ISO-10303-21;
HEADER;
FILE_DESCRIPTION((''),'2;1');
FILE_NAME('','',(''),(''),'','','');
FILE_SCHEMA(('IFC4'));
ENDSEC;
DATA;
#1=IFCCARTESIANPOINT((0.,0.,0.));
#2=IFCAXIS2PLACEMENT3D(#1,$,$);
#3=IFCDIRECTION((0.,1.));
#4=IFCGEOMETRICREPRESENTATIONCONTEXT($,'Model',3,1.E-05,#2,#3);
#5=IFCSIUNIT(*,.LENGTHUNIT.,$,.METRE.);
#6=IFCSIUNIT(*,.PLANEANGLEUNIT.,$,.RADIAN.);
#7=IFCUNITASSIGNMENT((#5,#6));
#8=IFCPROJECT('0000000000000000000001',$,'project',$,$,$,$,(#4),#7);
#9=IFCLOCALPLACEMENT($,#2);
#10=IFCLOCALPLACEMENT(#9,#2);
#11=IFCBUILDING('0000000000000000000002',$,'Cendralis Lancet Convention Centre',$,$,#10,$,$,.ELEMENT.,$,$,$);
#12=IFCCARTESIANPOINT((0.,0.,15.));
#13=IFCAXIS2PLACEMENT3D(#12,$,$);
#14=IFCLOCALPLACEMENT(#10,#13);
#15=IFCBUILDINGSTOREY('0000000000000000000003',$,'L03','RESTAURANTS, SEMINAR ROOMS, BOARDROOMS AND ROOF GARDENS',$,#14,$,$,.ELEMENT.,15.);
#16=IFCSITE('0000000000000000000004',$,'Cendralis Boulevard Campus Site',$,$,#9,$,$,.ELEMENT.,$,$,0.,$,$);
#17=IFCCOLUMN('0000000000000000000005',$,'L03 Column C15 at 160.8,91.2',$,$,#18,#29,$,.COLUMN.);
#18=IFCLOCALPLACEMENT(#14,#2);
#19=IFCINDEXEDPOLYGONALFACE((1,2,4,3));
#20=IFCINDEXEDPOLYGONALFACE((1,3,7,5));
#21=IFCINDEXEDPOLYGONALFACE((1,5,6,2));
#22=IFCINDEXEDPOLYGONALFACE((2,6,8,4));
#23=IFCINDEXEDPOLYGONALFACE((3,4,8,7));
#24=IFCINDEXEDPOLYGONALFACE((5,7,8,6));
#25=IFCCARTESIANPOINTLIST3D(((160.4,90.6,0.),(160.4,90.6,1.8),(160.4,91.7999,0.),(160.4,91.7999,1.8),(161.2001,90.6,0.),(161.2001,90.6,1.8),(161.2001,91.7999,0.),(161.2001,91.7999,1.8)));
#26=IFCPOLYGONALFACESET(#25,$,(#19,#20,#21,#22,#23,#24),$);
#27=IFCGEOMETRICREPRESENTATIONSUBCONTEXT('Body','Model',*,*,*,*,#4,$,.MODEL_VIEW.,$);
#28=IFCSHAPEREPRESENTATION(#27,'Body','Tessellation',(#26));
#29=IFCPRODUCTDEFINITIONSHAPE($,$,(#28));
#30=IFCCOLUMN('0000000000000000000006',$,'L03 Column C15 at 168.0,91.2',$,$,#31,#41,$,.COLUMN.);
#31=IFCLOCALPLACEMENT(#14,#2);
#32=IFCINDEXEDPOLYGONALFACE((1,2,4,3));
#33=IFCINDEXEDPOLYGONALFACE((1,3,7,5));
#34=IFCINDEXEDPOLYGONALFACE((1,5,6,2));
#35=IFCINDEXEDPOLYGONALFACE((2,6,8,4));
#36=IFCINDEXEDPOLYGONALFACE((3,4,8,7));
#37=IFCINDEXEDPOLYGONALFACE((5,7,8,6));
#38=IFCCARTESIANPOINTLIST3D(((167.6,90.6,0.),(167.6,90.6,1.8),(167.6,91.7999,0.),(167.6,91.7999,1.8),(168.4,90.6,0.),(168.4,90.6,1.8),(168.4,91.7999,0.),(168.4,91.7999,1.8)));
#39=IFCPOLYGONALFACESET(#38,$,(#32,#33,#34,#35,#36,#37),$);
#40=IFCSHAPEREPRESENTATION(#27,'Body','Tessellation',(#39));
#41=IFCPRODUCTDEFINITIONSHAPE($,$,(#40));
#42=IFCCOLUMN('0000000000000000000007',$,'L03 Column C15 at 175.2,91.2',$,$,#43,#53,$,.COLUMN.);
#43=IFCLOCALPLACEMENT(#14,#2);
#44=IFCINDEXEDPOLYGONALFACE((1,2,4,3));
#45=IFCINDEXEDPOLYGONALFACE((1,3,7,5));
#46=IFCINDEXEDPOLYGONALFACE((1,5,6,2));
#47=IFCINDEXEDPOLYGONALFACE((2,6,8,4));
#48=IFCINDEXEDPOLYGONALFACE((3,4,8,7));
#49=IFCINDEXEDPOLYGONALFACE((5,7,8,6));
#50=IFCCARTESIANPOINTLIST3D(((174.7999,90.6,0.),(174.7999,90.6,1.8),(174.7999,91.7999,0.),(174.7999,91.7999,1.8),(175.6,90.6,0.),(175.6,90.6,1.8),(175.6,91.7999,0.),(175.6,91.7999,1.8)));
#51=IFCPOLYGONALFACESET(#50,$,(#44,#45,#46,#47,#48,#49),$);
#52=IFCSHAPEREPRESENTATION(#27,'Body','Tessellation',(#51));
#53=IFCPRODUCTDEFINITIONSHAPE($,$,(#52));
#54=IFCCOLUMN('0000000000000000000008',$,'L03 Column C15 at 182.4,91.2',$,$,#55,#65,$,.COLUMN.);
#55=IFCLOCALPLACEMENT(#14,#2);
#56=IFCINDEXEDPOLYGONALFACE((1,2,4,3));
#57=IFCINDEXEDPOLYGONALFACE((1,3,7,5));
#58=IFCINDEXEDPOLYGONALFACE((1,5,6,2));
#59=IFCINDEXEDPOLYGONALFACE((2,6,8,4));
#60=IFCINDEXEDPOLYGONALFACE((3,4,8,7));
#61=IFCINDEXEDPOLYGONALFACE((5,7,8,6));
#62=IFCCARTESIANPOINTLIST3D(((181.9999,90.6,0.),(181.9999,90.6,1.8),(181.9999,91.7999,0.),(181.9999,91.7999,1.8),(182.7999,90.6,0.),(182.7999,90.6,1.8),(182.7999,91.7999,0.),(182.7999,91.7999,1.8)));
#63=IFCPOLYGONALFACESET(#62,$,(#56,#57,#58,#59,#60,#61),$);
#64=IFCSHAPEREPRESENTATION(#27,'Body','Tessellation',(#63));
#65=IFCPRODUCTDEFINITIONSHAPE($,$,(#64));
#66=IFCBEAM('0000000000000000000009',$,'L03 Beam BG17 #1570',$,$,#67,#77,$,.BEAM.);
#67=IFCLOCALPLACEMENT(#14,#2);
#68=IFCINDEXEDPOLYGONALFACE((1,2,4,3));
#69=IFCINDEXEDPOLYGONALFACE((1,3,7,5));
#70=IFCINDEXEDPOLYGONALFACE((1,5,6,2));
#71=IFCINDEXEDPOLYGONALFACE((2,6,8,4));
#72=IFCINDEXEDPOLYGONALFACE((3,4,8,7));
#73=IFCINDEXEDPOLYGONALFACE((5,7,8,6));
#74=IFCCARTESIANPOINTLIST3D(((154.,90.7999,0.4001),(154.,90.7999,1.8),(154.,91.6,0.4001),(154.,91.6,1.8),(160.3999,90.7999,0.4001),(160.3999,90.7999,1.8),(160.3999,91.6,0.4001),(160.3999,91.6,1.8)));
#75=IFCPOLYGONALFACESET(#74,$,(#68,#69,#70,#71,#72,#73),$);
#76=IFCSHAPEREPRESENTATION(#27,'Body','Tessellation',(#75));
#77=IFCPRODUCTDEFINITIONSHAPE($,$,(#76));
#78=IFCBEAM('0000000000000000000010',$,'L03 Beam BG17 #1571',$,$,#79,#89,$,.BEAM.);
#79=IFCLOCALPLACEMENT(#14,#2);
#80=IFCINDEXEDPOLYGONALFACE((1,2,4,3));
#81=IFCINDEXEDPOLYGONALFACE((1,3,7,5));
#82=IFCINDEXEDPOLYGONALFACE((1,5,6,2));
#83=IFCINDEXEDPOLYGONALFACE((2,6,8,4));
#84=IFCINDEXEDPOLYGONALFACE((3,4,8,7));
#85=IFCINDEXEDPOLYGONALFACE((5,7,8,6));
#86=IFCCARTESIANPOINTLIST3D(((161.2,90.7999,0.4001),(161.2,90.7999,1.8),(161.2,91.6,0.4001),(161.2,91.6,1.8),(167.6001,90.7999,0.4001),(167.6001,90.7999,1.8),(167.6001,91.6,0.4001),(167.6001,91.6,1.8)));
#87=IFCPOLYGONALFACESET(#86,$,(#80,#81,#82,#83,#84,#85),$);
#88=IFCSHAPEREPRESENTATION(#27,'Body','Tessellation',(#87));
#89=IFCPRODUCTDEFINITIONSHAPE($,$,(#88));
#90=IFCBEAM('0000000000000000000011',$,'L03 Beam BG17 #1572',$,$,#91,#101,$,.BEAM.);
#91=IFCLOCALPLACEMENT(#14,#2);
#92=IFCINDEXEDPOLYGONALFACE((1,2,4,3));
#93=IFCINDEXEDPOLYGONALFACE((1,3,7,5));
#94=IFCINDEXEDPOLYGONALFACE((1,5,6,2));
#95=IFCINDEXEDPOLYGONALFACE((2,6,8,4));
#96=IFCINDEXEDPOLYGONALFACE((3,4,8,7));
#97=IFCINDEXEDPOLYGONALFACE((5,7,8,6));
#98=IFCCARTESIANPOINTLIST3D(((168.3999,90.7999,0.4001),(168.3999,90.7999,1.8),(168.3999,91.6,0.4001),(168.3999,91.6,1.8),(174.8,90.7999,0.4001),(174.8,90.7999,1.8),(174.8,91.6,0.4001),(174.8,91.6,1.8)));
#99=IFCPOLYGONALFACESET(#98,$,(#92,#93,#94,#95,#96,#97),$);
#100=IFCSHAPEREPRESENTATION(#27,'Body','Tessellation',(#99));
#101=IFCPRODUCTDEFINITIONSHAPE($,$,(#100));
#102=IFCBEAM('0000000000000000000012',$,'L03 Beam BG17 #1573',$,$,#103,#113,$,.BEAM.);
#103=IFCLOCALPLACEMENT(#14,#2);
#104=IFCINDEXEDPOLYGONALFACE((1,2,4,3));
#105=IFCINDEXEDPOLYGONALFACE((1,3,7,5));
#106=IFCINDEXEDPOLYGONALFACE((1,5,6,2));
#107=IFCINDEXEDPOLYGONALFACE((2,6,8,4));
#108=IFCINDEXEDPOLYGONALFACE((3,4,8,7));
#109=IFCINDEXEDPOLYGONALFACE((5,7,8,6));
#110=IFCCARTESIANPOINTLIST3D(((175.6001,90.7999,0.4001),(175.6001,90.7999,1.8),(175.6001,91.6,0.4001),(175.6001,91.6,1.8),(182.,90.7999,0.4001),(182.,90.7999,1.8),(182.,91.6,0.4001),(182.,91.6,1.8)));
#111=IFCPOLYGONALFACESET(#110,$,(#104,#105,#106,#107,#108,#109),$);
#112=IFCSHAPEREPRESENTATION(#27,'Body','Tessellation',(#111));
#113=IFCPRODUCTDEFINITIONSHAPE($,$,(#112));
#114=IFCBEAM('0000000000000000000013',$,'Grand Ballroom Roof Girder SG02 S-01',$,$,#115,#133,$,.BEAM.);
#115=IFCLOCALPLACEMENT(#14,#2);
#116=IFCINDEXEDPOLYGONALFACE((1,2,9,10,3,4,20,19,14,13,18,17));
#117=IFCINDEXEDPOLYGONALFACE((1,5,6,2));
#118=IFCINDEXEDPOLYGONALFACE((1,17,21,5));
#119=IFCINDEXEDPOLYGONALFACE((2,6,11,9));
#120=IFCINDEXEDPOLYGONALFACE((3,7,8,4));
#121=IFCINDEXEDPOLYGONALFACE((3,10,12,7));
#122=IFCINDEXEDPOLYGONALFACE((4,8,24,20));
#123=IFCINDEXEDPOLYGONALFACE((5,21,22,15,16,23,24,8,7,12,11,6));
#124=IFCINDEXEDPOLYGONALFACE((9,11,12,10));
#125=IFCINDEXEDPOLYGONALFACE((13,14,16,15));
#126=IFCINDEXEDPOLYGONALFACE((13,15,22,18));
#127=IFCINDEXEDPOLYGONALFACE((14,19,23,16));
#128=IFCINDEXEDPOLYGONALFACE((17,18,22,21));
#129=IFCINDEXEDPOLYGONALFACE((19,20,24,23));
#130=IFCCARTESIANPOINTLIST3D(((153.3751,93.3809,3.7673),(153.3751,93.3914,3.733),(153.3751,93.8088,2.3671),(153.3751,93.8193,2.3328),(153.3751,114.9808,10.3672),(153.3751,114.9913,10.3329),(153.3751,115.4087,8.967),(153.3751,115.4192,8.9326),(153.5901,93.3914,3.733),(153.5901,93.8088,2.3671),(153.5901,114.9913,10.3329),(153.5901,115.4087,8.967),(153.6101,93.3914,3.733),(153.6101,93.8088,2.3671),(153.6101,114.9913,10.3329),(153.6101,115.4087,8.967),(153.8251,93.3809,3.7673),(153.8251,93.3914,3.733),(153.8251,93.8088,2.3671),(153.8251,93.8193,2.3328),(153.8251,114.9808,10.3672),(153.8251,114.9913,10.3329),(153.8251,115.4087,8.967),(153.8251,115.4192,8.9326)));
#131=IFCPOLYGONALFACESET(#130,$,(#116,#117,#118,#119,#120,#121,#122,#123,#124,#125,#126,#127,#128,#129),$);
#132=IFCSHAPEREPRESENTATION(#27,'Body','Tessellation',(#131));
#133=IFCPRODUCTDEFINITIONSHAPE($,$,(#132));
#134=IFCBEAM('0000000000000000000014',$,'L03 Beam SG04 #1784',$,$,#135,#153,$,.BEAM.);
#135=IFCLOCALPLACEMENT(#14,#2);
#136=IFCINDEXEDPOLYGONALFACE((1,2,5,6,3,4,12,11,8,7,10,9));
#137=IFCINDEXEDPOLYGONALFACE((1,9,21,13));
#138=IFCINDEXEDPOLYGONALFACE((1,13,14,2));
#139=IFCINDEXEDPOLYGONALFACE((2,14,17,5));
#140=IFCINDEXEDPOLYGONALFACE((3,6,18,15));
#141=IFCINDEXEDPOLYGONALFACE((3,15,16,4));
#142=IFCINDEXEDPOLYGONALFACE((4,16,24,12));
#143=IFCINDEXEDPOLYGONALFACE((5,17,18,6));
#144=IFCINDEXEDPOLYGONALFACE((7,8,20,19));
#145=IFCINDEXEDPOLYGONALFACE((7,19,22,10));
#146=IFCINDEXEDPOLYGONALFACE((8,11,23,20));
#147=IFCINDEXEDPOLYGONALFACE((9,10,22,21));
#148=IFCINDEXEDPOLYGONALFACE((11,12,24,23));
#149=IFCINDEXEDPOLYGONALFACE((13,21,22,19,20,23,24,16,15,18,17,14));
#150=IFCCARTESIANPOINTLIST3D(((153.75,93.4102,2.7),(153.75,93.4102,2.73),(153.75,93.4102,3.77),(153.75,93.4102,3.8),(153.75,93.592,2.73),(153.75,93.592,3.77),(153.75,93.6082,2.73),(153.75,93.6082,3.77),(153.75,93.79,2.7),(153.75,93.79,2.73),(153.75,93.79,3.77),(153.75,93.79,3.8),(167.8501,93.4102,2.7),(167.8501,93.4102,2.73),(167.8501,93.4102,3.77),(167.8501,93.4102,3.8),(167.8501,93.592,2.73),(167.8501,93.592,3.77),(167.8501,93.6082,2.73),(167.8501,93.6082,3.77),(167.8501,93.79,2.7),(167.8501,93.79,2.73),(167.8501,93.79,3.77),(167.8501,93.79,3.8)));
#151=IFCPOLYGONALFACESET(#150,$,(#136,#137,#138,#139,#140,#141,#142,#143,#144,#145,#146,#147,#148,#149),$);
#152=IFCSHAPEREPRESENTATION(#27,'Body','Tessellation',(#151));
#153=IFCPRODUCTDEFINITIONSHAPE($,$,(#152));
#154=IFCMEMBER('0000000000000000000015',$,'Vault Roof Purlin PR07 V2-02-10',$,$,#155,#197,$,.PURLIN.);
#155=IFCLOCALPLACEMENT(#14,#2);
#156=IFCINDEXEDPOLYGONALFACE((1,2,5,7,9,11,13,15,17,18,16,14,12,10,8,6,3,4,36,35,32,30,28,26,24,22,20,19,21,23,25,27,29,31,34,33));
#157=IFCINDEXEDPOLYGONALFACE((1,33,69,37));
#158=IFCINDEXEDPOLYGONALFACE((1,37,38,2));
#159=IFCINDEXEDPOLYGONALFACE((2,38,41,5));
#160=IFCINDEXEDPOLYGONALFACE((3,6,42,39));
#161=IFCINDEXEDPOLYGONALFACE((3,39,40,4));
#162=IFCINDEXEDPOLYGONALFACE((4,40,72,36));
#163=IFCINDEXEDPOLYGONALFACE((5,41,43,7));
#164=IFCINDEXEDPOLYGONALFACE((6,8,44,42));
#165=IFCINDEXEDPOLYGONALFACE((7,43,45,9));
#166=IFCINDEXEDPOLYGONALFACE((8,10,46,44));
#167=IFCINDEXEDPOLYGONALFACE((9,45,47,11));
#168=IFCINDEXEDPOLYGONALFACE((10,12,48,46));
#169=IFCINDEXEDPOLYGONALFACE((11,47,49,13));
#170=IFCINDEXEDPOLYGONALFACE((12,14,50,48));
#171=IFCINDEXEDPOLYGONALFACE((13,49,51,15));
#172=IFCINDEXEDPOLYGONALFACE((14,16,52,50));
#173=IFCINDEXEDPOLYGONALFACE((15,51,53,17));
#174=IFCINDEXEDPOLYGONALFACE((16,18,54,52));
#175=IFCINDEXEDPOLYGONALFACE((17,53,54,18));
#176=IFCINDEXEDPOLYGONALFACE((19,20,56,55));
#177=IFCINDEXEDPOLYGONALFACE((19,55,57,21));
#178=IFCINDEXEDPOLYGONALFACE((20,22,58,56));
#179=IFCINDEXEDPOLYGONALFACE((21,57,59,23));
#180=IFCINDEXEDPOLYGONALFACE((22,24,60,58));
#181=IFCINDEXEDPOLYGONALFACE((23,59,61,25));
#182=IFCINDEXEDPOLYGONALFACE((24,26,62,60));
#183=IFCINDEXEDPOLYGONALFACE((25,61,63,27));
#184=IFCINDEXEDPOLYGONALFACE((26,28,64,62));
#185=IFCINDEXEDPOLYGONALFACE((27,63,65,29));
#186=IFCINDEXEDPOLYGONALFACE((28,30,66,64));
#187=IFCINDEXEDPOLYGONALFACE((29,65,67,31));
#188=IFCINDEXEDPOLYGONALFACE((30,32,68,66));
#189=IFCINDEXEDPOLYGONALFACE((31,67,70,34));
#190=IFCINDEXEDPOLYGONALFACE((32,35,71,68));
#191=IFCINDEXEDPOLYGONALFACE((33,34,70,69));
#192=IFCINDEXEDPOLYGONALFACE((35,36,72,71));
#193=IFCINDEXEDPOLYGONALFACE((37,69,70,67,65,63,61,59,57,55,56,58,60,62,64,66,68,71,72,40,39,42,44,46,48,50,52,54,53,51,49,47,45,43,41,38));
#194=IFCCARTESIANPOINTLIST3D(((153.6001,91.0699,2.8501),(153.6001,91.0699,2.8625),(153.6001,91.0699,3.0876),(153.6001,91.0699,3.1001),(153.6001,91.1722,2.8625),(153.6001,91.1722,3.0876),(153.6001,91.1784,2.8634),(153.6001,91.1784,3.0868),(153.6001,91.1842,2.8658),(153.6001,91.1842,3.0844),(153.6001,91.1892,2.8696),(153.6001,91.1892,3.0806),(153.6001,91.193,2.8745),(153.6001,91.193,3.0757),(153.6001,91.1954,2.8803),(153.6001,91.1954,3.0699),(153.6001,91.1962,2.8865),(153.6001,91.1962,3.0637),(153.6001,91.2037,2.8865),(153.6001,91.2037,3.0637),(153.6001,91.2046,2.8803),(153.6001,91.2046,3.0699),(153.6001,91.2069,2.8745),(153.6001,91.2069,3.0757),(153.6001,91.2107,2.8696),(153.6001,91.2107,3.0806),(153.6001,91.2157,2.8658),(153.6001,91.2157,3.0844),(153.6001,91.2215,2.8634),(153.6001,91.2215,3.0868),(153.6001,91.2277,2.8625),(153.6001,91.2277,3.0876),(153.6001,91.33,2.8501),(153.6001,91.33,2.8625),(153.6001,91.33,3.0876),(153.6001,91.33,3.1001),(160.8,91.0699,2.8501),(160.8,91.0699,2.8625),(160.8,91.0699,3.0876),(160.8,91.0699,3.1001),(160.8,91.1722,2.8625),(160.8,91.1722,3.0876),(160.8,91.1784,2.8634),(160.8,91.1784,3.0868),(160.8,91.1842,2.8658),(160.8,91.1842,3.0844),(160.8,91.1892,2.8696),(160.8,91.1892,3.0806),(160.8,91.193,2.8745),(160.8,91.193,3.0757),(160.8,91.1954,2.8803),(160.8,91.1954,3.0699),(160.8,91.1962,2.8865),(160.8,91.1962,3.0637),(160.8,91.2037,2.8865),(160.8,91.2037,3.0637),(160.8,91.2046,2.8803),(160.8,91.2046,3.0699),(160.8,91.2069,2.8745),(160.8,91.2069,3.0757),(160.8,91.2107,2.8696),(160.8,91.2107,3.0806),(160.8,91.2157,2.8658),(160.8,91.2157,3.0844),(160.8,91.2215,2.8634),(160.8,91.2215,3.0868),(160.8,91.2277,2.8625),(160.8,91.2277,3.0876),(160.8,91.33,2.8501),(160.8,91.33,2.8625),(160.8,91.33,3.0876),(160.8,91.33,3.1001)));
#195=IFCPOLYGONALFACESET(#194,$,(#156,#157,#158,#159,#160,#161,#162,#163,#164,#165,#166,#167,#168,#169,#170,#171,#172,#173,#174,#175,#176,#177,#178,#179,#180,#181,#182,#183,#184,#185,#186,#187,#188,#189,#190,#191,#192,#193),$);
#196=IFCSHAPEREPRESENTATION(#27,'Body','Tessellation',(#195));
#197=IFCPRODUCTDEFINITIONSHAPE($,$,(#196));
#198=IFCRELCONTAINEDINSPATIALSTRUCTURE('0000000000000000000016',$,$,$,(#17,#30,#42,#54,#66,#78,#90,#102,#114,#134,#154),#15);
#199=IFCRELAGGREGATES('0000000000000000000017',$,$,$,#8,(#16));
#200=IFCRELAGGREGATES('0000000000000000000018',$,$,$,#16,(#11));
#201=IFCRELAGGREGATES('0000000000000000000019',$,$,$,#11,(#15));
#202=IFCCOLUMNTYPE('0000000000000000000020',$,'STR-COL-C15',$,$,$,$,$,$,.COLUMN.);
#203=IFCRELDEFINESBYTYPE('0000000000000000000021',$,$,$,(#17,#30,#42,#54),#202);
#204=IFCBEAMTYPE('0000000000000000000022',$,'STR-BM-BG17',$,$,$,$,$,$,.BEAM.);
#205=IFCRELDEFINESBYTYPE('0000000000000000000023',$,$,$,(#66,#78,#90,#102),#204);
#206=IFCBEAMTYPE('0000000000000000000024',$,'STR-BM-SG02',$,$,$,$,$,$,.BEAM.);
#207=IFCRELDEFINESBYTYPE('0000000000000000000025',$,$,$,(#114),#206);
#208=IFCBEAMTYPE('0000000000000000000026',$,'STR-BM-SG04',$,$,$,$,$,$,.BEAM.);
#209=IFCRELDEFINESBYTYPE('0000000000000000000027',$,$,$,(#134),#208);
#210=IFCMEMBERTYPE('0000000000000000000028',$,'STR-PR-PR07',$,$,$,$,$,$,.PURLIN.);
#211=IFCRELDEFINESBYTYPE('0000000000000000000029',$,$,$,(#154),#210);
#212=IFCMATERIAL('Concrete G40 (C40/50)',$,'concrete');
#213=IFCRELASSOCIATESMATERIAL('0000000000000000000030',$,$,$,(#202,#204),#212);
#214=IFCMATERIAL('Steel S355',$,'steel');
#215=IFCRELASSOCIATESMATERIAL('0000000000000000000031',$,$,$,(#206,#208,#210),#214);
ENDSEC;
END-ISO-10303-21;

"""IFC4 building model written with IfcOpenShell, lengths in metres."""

from ifc_helpers import new_model, si_unit, direction, frame, origin, origin_2d, place, context, subcontext, project, spatial, rectangle, i_section, extrude, material, material_profile, profile_set, type_object, element, save


model = new_model("IFC4")

# Units and contexts
model_context = context("Model", 3, precision=1e-05, world=origin(), true_north=direction((0.0, 1.0)))
body_context = subcontext(model_context, "Body", "Model", "MODEL_VIEW")
ifc_project = project(units=[si_unit("LENGTHUNIT", "METRE"), si_unit("PLANEANGLEUNIT", "RADIAN")], contexts=[model_context])

# Site, building, storey
site_placement = place(None, origin())
site = spatial("IfcSite", under=ifc_project, at=site_placement, Name="Cendralis Boulevard Campus Site", CompositionType="ELEMENT", RefElevation=0.0)
building_placement = place(site_placement, origin())
building = spatial("IfcBuilding", under=site, at=building_placement, Name="Cendralis Lancet Convention Centre", CompositionType="ELEMENT")
storey_placement = place(building_placement, frame((0.0, 0.0, 15.0)))
storey = spatial("IfcBuildingStorey", under=building, at=storey_placement, Name="L03", Description="RESTAURANTS, SEMINAR ROOMS, BOARDROOMS AND ROOF GARDENS", CompositionType="ELEMENT", Elevation=15.0)

# Columns
ifc_material_1 = material(Name="Concrete G40 (C40/50)", Category="concrete")
ifc_material_profile_1 = material_profile(ifc_material_1, rectangle(XDim=0.8, YDim=1.2, at=origin_2d()), Name="RC 800x1200")
ifc_profile_set_1 = profile_set([ifc_material_profile_1], Name="Concrete G40 (C40/50)")
column_type = type_object("IfcColumnType", Name="STR-COL-C15", PredefinedType="COLUMN", material=ifc_profile_set_1)
for number, where, z_axis, x_axis, name in (
    (1, (160.8, 91.2, 0.0), (0.0, 0.0, 1.0), (1.0, 0.0, 0.0), "L03 Column C15 at 160.8,91.2"),
    (2, (168.0, 91.2, 0.0), (0.0, 0.0, 1.0), (1.0, 0.0, 0.0), "L03 Column C15 at 168.0,91.2"),
    (3, (175.2, 91.2, 0.0), (0.0, 0.0, 1.0), (1.0, 0.0, 0.0), "L03 Column C15 at 175.2,91.2"),
    (4, (182.3999, 91.2, 0.0), (0.0, 0.0, 1.0), (1.0, 0.0, 0.0), "L03 Column C15 at 182.4,91.2"),
):
    element("IfcColumn", number, at=place(storey_placement, frame(where, z_axis=z_axis, x_axis=x_axis)), inside=storey, type_object=column_type, Name=name, PredefinedType="COLUMN", context=body_context, shape_type="SweptSolid", body=[
        extrude(rectangle(XDim=0.8, YDim=1.2, at=origin_2d()), origin(), (0.0, 0.0, 1.0), 1.8),
    ])

# Beams
ifc_material_profile_2 = material_profile(ifc_material_1, rectangle(XDim=0.8, YDim=1.3999, at=origin_2d()), Name="RCB 800x1400")
ifc_profile_set_2 = profile_set([ifc_material_profile_2], Name="Concrete G40 (C40/50)")
beam_type_1 = type_object("IfcBeamType", Name="STR-BM-BG17", PredefinedType="BEAM", material=ifc_profile_set_2)
beam_1_placement = place(storey_placement, frame((154.0, 91.2, 1.1001), z_axis=(1.0, 0.0, 0.0), x_axis=(0.0, 1.0, 0.0)))
element("IfcBeam", 5, at=beam_1_placement, inside=storey, type_object=beam_type_1, Name="L03 Beam BG17 #1570", PredefinedType="BEAM", context=body_context, shape_type="SweptSolid", body=[
    extrude(rectangle(XDim=0.8, YDim=1.3999, at=origin_2d()), origin(), (0.0, 0.0, 1.0), 6.3999),
])
for number, where, z_axis, x_axis, name in (
    (6, (161.2, 91.2, 1.1001), (1.0, 0.0, 0.0), (0.0, 1.0, 0.0), "L03 Beam BG17 #1571"),
    (7, (168.3999, 91.2, 1.1001), (1.0, 0.0, 0.0), (0.0, 1.0, 0.0), "L03 Beam BG17 #1572"),
):
    element("IfcBeam", number, at=place(storey_placement, frame(where, z_axis=z_axis, x_axis=x_axis)), inside=storey, type_object=beam_type_1, Name=name, PredefinedType="BEAM", context=body_context, shape_type="SweptSolid", body=[
        extrude(rectangle(XDim=0.8, YDim=1.3999, at=origin_2d()), origin(), (0.0, 0.0, 1.0), 6.4001),
    ])
beam_2_placement = place(storey_placement, frame((175.6001, 91.2, 1.1001), z_axis=(1.0, 0.0, 0.0), x_axis=(0.0, 1.0, 0.0)))
element("IfcBeam", 8, at=beam_2_placement, inside=storey, type_object=beam_type_1, Name="L03 Beam BG17 #1573", PredefinedType="BEAM", context=body_context, shape_type="SweptSolid", body=[
    extrude(rectangle(XDim=0.8, YDim=1.3999, at=origin_2d()), origin(), (0.0, 0.0, 1.0), 6.3999),
])
ifc_material_2 = material(Name="Steel S355", Category="steel")
ifc_material_profile_3 = material_profile(ifc_material_2, i_section(OverallWidth=0.45, OverallDepth=1.5, WebThickness=0.02, FlangeThickness=0.0359, at=origin_2d()), Name="PG 1500x450")
ifc_profile_set_3 = profile_set([ifc_material_profile_3], Name="Steel S355")
beam_type_2 = type_object("IfcBeamType", Name="STR-BM-SG02", PredefinedType="BEAM", material=ifc_profile_set_3)
beam_3_placement = place(storey_placement, frame((153.6001, 93.6001, 3.05), z_axis=(0.0, 0.956353, 0.292214), x_axis=(-1.0, 0.0, 0.0)))
element("IfcBeam", 9, at=beam_3_placement, inside=storey, type_object=beam_type_2, Name="Grand Ballroom Roof Girder SG02 S-01", PredefinedType="BEAM", context=body_context, shape_type="SweptSolid", body=[
    extrude(i_section(OverallWidth=0.45, OverallDepth=1.5, WebThickness=0.02, FlangeThickness=0.0359, at=origin_2d()), origin(), (0.0, 0.0, 1.0), 22.5857),
])
ifc_material_profile_4 = material_profile(ifc_material_2, i_section(OverallWidth=0.3799, OverallDepth=1.1001, WebThickness=0.0161, FlangeThickness=0.03, at=origin_2d()), Name="PG 1100x380")
ifc_profile_set_4 = profile_set([ifc_material_profile_4], Name="Steel S355")
beam_type_3 = type_object("IfcBeamType", Name="STR-BM-SG04", PredefinedType="BEAM", material=ifc_profile_set_4)
beam_4_placement = place(storey_placement, frame((153.75, 93.6001, 3.25), z_axis=(1.0, 0.0, 0.0), x_axis=(0.0, 1.0, 0.0)))
element("IfcBeam", 10, at=beam_4_placement, inside=storey, type_object=beam_type_3, Name="L03 Beam SG04 #1784", PredefinedType="BEAM", context=body_context, shape_type="SweptSolid", body=[
    extrude(i_section(OverallWidth=0.3799, OverallDepth=1.1001, WebThickness=0.0161, FlangeThickness=0.03, at=origin_2d()), origin(), (0.0, 0.0, 1.0), 14.1001),
])

# Member
ifc_material_profile_5 = material_profile(ifc_material_2, i_section(OverallWidth=0.26, OverallDepth=0.25, WebThickness=0.0076, FlangeThickness=0.0125, FilletRadius=0.0239, at=origin_2d()), Name="HEA 260")
ifc_profile_set_5 = profile_set([ifc_material_profile_5], Name="Steel S355")
member_type_1 = type_object("IfcMemberType", Name="STR-PR-PR07", PredefinedType="PURLIN", material=ifc_profile_set_5)
for number, where, z_axis, x_axis, name in (
    (11, (153.6001, 91.2, 2.9751), (1.0, 0.0, 0.0), (0.0, 1.0, 0.0), "Vault Roof Purlin PR07 V2-02-10"),
):
    element("IfcMember", number, at=place(storey_placement, frame(where, z_axis=z_axis, x_axis=x_axis)), inside=storey, type_object=member_type_1, Name=name, PredefinedType="PURLIN", context=body_context, shape_type="SweptSolid", body=[
        extrude(i_section(OverallWidth=0.26, OverallDepth=0.25, WebThickness=0.0076, FlangeThickness=0.0125, FilletRadius=0.0239, at=origin_2d()), origin(), (0.0, 0.0, 1.0), 7.2),
    ])

save(model, "model.ifc")
